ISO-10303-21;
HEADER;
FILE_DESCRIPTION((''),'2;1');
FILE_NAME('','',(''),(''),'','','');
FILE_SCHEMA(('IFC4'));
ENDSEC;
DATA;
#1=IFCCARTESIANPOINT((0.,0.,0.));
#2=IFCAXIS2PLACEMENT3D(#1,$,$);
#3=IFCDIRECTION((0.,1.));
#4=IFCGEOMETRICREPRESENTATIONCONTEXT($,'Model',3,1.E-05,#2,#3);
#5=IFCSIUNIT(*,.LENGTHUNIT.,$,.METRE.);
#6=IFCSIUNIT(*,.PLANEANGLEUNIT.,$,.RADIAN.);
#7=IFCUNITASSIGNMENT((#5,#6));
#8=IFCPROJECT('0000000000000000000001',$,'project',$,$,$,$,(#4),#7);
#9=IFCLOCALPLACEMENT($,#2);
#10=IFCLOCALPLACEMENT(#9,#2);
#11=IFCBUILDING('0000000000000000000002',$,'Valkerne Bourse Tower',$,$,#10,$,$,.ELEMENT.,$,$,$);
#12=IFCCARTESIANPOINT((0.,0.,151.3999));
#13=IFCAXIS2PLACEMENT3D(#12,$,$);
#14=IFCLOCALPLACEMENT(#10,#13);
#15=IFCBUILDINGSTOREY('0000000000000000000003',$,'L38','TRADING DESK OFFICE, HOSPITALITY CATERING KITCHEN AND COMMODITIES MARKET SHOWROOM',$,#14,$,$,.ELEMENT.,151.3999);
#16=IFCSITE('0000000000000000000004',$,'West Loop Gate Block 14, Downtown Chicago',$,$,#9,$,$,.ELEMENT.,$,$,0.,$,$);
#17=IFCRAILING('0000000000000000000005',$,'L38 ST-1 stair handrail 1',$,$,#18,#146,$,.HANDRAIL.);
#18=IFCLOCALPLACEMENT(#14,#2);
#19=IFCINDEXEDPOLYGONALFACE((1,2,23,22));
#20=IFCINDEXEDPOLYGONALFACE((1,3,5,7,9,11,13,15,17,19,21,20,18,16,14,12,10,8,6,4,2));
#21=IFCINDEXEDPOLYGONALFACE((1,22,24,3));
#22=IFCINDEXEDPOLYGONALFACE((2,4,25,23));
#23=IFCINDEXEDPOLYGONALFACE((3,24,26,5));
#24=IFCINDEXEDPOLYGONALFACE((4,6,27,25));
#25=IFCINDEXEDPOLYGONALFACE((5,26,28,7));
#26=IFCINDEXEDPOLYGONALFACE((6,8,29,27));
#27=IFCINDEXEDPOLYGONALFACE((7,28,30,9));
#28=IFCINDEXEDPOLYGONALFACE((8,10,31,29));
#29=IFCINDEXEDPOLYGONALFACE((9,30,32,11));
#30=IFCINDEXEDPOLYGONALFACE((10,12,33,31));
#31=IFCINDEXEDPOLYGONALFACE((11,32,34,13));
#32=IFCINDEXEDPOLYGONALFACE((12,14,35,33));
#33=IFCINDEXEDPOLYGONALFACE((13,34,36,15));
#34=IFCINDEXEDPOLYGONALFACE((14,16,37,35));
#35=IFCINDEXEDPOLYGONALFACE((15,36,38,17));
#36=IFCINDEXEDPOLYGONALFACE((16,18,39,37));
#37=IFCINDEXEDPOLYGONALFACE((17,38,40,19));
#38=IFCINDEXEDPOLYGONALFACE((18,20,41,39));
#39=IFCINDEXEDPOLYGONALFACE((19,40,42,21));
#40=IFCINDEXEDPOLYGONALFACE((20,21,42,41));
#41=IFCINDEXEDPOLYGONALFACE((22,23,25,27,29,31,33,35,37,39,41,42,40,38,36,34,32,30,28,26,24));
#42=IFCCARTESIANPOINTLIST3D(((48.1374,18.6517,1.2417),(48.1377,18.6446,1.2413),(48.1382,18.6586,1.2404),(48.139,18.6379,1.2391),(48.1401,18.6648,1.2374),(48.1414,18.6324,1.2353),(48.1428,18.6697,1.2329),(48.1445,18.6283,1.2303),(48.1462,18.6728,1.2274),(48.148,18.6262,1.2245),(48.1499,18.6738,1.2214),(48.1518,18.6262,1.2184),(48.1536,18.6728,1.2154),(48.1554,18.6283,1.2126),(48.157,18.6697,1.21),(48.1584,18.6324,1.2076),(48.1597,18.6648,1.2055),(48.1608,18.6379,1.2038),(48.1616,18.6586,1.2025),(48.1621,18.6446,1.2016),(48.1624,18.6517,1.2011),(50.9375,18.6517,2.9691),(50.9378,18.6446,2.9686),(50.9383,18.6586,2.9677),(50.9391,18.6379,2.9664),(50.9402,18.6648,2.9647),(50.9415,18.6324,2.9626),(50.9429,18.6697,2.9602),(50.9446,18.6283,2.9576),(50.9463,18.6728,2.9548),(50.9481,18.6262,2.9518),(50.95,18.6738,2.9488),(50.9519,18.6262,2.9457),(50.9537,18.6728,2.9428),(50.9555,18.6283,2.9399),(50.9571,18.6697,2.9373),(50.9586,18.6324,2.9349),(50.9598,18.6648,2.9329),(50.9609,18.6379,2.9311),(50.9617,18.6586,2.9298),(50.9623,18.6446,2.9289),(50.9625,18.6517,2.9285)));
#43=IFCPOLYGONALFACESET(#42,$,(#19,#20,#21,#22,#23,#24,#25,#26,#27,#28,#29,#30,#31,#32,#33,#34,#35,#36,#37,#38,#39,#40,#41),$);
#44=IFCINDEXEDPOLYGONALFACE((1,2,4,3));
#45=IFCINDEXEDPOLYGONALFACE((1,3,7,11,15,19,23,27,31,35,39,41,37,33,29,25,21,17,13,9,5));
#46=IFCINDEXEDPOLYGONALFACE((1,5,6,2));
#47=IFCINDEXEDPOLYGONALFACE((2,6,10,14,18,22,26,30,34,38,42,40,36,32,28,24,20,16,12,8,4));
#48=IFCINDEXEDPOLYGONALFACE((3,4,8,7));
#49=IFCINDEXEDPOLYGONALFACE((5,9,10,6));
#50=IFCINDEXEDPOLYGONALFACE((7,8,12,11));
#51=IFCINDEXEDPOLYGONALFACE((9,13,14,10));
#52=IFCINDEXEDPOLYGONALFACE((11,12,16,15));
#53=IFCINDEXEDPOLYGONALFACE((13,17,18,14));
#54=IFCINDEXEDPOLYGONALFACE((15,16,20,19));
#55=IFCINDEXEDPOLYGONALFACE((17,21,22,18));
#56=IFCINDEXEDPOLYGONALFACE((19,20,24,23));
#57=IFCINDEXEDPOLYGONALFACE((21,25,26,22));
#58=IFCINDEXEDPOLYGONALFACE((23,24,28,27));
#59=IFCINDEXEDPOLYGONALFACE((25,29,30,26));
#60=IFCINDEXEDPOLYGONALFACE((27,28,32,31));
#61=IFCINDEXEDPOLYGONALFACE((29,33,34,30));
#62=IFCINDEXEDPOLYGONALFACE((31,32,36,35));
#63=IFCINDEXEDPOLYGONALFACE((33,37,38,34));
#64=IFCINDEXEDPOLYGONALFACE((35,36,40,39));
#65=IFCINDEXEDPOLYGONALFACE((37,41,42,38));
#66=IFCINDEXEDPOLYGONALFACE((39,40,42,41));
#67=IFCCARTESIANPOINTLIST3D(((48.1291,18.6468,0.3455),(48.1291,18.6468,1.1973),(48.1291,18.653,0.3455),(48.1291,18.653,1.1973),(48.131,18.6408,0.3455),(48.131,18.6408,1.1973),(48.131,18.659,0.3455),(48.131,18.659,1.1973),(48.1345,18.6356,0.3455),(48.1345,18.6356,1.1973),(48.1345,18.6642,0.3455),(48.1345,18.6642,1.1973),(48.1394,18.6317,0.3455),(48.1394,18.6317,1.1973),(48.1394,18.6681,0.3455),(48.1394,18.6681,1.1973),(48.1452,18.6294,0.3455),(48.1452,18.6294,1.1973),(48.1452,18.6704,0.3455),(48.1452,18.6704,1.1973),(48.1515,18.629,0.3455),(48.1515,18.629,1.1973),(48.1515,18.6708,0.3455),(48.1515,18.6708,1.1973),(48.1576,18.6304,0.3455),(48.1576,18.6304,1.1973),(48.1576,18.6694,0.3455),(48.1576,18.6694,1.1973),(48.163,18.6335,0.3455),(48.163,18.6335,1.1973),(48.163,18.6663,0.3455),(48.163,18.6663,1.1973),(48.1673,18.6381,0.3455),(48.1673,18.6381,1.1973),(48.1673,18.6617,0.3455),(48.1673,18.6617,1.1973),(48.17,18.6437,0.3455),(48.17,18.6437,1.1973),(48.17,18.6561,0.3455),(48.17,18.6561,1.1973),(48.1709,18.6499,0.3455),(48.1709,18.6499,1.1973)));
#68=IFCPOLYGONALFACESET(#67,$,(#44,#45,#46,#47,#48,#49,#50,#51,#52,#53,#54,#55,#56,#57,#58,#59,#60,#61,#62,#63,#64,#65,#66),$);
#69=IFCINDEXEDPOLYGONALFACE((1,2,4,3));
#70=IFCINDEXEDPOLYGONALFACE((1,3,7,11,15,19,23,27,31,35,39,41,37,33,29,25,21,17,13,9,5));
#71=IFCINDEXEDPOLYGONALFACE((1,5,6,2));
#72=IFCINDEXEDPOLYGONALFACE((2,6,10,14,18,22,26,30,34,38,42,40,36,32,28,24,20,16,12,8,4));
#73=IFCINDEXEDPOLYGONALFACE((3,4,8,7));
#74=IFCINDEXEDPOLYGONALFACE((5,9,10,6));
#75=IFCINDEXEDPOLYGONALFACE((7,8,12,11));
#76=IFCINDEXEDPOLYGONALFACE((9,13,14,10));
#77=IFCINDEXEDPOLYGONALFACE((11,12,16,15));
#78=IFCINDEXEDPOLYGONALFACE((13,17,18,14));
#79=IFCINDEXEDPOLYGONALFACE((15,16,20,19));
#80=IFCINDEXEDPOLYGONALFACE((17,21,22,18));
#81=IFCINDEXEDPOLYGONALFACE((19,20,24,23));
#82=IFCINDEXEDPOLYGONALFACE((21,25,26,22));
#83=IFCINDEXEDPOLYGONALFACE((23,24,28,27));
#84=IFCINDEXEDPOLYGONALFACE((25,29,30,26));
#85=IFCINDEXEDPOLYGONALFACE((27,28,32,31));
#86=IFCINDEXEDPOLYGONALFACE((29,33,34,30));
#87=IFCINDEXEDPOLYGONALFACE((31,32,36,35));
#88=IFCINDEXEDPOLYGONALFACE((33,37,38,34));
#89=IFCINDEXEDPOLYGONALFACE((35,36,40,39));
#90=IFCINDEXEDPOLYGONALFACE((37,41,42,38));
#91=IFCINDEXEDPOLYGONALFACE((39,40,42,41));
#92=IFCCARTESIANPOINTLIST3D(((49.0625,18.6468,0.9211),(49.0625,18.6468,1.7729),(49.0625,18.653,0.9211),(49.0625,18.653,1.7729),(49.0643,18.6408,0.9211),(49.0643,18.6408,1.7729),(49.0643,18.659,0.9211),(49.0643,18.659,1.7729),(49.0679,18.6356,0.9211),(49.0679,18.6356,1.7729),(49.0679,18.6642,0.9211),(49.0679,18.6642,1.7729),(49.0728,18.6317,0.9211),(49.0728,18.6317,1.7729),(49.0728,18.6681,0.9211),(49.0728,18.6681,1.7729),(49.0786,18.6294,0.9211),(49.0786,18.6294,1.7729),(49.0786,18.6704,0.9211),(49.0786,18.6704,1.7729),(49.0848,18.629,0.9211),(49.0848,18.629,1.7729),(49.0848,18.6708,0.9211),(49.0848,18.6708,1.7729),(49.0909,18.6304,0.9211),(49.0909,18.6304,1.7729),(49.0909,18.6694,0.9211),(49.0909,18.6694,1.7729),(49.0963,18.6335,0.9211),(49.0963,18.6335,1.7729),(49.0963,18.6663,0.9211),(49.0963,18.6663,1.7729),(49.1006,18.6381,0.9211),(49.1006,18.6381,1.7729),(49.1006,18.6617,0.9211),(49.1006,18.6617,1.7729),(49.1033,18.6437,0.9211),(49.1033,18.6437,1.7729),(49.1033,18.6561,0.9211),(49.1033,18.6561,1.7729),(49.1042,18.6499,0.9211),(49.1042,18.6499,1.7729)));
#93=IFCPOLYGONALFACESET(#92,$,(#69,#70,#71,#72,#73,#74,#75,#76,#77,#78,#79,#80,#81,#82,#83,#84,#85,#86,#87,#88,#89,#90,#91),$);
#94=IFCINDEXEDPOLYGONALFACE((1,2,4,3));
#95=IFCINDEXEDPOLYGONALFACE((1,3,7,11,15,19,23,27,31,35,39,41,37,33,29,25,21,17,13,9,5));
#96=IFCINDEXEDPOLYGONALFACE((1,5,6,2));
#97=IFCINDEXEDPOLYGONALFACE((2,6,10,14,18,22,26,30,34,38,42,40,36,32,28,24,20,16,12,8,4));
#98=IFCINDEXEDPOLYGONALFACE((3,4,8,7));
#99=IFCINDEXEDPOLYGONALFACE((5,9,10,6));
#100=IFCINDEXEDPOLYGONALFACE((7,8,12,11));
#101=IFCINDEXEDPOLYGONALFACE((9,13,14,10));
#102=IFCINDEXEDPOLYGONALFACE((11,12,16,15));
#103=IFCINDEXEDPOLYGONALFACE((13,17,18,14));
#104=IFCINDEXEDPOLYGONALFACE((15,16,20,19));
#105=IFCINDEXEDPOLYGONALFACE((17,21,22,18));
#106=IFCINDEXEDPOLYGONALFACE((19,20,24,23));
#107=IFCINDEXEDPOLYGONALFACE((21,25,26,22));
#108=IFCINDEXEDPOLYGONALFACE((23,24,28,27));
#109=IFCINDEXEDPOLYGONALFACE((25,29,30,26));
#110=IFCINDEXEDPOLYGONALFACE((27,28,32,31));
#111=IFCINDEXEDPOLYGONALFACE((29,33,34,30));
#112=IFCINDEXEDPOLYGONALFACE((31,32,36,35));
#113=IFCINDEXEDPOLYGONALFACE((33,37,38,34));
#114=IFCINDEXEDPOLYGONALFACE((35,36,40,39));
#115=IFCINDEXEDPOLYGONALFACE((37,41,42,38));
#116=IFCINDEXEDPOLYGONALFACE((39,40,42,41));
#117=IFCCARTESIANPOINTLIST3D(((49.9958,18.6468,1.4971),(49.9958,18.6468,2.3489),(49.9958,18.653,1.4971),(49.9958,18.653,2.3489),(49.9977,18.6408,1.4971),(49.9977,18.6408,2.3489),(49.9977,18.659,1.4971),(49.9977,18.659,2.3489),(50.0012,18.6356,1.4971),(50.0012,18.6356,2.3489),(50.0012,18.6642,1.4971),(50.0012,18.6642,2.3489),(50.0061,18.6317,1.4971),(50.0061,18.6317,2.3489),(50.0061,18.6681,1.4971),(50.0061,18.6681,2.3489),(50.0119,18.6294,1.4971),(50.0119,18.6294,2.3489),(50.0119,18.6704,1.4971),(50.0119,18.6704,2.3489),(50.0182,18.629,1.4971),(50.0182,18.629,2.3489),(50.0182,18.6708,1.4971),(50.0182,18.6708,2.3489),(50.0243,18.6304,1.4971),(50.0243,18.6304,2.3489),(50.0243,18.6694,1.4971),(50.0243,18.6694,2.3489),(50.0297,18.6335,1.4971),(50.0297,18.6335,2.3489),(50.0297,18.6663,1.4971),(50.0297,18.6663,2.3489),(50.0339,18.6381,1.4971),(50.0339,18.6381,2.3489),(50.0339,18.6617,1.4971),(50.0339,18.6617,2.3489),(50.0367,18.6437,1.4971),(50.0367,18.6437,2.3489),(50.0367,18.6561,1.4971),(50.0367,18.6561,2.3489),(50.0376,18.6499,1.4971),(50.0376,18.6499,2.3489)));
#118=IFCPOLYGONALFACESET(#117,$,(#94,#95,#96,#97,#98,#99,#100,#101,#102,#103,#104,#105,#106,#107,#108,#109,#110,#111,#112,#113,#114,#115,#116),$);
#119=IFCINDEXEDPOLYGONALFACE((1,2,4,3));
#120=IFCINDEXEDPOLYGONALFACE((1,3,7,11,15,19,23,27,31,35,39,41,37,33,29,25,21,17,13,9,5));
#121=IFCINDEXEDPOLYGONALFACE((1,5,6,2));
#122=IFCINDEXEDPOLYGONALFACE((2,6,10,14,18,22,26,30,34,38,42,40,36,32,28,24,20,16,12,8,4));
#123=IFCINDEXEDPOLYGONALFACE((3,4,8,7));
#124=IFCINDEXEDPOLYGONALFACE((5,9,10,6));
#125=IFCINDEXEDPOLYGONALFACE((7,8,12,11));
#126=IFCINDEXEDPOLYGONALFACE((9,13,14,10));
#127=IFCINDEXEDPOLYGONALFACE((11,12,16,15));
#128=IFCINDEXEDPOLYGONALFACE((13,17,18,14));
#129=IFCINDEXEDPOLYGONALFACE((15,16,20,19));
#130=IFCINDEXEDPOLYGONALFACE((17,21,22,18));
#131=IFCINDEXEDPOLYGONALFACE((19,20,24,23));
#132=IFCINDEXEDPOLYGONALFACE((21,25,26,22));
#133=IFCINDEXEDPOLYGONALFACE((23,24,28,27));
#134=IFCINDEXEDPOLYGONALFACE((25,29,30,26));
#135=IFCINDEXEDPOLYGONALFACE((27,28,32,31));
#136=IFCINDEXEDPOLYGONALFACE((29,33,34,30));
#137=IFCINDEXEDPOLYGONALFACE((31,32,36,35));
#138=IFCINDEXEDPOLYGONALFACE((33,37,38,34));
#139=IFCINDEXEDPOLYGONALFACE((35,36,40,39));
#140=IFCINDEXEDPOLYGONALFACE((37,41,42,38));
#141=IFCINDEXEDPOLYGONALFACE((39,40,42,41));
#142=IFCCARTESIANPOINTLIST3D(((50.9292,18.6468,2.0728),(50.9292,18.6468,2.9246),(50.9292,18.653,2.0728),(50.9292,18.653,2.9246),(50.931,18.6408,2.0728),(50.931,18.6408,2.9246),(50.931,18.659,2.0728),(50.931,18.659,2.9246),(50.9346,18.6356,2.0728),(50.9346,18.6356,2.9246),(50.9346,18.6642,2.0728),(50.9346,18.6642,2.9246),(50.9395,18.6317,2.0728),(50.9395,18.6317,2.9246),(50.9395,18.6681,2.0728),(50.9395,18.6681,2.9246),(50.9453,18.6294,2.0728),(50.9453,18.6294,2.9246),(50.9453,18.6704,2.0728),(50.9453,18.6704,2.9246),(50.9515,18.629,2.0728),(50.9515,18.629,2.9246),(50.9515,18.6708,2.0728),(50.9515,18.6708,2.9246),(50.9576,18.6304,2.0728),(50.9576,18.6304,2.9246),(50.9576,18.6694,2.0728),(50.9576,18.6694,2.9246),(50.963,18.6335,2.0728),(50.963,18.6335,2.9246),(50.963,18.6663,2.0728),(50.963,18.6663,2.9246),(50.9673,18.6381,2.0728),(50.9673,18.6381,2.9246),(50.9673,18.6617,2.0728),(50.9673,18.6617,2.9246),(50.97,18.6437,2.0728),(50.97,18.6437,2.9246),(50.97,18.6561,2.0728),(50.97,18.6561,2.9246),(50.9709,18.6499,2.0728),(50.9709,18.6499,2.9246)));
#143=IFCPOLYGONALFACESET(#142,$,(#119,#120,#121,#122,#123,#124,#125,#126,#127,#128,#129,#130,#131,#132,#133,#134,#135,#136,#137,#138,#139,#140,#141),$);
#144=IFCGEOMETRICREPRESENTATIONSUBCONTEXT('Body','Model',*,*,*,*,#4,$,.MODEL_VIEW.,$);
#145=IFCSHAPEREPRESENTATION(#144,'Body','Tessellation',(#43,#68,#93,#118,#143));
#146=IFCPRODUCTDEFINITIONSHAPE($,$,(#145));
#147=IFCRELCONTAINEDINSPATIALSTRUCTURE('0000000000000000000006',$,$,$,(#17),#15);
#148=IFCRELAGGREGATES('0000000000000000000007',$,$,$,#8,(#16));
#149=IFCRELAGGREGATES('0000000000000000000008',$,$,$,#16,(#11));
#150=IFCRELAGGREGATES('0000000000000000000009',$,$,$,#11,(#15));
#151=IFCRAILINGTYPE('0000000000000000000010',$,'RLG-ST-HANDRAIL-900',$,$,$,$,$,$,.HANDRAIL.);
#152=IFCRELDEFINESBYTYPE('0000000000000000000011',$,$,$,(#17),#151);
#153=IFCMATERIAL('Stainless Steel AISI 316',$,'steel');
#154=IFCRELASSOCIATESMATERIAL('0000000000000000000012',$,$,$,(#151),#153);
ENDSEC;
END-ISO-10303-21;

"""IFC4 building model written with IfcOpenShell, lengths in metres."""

from ifc_helpers import new_model, si_unit, direction, frame, origin, origin_2d, place, context, subcontext, project, spatial, circle, extrude, material, type_object, element, save


model = new_model("IFC4")

# Units and contexts
model_context = context("Model", 3, precision=1e-05, world=origin(), true_north=direction((0.0, 1.0)))
body_context = subcontext(model_context, "Body", "Model", "MODEL_VIEW")
ifc_project = project(units=[si_unit("LENGTHUNIT", "METRE"), si_unit("PLANEANGLEUNIT", "RADIAN")], contexts=[model_context])

# Site, building, storey
site_placement = place(None, origin())
site = spatial("IfcSite", under=ifc_project, at=site_placement, Name="West Loop Gate Block 14, Downtown Chicago", CompositionType="ELEMENT", RefElevation=0.0)
building_placement = place(site_placement, origin())
building = spatial("IfcBuilding", under=site, at=building_placement, Name="Valkerne Bourse Tower", CompositionType="ELEMENT")
storey_placement = place(building_placement, frame((0.0, 0.0, 151.3999)))
storey = spatial("IfcBuildingStorey", under=building, at=storey_placement, Name="L38", Description="TRADING DESK OFFICE, HOSPITALITY CATERING KITCHEN AND COMMODITIES MARKET SHOWROOM", CompositionType="ELEMENT", Elevation=151.3999)

# Shared definitions
ifc_material_1 = material(Name="Stainless Steel AISI 316", Category="steel")

# Railing
railing_type_1 = type_object("IfcRailingType", Name="RLG-ST-HANDRAIL-900", PredefinedType="HANDRAIL", material=ifc_material_1)
railing_1_placement = place(storey_placement, frame((48.1499, 18.6499, 0.3455)))
element("IfcRailing", 1, at=railing_1_placement, inside=storey, type_object=railing_type_1, Name="L38 ST-1 stair handrail 1", PredefinedType="HANDRAIL", context=body_context, shape_type="SweptSolid", body=[
    extrude(circle(Radius=0.0239, at=origin_2d()), frame((0.0, 0.0, 0.876), z_axis=(0.85109, 0.0, 0.52502), x_axis=(0.0, 1.0, 0.0)), (0.0, 0.0, 1.0), 3.29),
    extrude(circle(Radius=0.021, at=origin_2d()), origin(), (0.0, 0.0, 1.0), 0.8518),
    extrude(circle(Radius=0.021, at=origin_2d()), frame((0.9333, 0.0, 0.5757)), (0.0, 0.0, 1.0), 0.8518),
    extrude(circle(Radius=0.021, at=origin_2d()), frame((1.8667, 0.0, 1.1516)), (0.0, 0.0, 1.0), 0.8518),
    extrude(circle(Radius=0.021, at=origin_2d()), frame((2.8, 0.0, 1.7273)), (0.0, 0.0, 1.0), 0.8518),
])

save(model, "model.ifc")
